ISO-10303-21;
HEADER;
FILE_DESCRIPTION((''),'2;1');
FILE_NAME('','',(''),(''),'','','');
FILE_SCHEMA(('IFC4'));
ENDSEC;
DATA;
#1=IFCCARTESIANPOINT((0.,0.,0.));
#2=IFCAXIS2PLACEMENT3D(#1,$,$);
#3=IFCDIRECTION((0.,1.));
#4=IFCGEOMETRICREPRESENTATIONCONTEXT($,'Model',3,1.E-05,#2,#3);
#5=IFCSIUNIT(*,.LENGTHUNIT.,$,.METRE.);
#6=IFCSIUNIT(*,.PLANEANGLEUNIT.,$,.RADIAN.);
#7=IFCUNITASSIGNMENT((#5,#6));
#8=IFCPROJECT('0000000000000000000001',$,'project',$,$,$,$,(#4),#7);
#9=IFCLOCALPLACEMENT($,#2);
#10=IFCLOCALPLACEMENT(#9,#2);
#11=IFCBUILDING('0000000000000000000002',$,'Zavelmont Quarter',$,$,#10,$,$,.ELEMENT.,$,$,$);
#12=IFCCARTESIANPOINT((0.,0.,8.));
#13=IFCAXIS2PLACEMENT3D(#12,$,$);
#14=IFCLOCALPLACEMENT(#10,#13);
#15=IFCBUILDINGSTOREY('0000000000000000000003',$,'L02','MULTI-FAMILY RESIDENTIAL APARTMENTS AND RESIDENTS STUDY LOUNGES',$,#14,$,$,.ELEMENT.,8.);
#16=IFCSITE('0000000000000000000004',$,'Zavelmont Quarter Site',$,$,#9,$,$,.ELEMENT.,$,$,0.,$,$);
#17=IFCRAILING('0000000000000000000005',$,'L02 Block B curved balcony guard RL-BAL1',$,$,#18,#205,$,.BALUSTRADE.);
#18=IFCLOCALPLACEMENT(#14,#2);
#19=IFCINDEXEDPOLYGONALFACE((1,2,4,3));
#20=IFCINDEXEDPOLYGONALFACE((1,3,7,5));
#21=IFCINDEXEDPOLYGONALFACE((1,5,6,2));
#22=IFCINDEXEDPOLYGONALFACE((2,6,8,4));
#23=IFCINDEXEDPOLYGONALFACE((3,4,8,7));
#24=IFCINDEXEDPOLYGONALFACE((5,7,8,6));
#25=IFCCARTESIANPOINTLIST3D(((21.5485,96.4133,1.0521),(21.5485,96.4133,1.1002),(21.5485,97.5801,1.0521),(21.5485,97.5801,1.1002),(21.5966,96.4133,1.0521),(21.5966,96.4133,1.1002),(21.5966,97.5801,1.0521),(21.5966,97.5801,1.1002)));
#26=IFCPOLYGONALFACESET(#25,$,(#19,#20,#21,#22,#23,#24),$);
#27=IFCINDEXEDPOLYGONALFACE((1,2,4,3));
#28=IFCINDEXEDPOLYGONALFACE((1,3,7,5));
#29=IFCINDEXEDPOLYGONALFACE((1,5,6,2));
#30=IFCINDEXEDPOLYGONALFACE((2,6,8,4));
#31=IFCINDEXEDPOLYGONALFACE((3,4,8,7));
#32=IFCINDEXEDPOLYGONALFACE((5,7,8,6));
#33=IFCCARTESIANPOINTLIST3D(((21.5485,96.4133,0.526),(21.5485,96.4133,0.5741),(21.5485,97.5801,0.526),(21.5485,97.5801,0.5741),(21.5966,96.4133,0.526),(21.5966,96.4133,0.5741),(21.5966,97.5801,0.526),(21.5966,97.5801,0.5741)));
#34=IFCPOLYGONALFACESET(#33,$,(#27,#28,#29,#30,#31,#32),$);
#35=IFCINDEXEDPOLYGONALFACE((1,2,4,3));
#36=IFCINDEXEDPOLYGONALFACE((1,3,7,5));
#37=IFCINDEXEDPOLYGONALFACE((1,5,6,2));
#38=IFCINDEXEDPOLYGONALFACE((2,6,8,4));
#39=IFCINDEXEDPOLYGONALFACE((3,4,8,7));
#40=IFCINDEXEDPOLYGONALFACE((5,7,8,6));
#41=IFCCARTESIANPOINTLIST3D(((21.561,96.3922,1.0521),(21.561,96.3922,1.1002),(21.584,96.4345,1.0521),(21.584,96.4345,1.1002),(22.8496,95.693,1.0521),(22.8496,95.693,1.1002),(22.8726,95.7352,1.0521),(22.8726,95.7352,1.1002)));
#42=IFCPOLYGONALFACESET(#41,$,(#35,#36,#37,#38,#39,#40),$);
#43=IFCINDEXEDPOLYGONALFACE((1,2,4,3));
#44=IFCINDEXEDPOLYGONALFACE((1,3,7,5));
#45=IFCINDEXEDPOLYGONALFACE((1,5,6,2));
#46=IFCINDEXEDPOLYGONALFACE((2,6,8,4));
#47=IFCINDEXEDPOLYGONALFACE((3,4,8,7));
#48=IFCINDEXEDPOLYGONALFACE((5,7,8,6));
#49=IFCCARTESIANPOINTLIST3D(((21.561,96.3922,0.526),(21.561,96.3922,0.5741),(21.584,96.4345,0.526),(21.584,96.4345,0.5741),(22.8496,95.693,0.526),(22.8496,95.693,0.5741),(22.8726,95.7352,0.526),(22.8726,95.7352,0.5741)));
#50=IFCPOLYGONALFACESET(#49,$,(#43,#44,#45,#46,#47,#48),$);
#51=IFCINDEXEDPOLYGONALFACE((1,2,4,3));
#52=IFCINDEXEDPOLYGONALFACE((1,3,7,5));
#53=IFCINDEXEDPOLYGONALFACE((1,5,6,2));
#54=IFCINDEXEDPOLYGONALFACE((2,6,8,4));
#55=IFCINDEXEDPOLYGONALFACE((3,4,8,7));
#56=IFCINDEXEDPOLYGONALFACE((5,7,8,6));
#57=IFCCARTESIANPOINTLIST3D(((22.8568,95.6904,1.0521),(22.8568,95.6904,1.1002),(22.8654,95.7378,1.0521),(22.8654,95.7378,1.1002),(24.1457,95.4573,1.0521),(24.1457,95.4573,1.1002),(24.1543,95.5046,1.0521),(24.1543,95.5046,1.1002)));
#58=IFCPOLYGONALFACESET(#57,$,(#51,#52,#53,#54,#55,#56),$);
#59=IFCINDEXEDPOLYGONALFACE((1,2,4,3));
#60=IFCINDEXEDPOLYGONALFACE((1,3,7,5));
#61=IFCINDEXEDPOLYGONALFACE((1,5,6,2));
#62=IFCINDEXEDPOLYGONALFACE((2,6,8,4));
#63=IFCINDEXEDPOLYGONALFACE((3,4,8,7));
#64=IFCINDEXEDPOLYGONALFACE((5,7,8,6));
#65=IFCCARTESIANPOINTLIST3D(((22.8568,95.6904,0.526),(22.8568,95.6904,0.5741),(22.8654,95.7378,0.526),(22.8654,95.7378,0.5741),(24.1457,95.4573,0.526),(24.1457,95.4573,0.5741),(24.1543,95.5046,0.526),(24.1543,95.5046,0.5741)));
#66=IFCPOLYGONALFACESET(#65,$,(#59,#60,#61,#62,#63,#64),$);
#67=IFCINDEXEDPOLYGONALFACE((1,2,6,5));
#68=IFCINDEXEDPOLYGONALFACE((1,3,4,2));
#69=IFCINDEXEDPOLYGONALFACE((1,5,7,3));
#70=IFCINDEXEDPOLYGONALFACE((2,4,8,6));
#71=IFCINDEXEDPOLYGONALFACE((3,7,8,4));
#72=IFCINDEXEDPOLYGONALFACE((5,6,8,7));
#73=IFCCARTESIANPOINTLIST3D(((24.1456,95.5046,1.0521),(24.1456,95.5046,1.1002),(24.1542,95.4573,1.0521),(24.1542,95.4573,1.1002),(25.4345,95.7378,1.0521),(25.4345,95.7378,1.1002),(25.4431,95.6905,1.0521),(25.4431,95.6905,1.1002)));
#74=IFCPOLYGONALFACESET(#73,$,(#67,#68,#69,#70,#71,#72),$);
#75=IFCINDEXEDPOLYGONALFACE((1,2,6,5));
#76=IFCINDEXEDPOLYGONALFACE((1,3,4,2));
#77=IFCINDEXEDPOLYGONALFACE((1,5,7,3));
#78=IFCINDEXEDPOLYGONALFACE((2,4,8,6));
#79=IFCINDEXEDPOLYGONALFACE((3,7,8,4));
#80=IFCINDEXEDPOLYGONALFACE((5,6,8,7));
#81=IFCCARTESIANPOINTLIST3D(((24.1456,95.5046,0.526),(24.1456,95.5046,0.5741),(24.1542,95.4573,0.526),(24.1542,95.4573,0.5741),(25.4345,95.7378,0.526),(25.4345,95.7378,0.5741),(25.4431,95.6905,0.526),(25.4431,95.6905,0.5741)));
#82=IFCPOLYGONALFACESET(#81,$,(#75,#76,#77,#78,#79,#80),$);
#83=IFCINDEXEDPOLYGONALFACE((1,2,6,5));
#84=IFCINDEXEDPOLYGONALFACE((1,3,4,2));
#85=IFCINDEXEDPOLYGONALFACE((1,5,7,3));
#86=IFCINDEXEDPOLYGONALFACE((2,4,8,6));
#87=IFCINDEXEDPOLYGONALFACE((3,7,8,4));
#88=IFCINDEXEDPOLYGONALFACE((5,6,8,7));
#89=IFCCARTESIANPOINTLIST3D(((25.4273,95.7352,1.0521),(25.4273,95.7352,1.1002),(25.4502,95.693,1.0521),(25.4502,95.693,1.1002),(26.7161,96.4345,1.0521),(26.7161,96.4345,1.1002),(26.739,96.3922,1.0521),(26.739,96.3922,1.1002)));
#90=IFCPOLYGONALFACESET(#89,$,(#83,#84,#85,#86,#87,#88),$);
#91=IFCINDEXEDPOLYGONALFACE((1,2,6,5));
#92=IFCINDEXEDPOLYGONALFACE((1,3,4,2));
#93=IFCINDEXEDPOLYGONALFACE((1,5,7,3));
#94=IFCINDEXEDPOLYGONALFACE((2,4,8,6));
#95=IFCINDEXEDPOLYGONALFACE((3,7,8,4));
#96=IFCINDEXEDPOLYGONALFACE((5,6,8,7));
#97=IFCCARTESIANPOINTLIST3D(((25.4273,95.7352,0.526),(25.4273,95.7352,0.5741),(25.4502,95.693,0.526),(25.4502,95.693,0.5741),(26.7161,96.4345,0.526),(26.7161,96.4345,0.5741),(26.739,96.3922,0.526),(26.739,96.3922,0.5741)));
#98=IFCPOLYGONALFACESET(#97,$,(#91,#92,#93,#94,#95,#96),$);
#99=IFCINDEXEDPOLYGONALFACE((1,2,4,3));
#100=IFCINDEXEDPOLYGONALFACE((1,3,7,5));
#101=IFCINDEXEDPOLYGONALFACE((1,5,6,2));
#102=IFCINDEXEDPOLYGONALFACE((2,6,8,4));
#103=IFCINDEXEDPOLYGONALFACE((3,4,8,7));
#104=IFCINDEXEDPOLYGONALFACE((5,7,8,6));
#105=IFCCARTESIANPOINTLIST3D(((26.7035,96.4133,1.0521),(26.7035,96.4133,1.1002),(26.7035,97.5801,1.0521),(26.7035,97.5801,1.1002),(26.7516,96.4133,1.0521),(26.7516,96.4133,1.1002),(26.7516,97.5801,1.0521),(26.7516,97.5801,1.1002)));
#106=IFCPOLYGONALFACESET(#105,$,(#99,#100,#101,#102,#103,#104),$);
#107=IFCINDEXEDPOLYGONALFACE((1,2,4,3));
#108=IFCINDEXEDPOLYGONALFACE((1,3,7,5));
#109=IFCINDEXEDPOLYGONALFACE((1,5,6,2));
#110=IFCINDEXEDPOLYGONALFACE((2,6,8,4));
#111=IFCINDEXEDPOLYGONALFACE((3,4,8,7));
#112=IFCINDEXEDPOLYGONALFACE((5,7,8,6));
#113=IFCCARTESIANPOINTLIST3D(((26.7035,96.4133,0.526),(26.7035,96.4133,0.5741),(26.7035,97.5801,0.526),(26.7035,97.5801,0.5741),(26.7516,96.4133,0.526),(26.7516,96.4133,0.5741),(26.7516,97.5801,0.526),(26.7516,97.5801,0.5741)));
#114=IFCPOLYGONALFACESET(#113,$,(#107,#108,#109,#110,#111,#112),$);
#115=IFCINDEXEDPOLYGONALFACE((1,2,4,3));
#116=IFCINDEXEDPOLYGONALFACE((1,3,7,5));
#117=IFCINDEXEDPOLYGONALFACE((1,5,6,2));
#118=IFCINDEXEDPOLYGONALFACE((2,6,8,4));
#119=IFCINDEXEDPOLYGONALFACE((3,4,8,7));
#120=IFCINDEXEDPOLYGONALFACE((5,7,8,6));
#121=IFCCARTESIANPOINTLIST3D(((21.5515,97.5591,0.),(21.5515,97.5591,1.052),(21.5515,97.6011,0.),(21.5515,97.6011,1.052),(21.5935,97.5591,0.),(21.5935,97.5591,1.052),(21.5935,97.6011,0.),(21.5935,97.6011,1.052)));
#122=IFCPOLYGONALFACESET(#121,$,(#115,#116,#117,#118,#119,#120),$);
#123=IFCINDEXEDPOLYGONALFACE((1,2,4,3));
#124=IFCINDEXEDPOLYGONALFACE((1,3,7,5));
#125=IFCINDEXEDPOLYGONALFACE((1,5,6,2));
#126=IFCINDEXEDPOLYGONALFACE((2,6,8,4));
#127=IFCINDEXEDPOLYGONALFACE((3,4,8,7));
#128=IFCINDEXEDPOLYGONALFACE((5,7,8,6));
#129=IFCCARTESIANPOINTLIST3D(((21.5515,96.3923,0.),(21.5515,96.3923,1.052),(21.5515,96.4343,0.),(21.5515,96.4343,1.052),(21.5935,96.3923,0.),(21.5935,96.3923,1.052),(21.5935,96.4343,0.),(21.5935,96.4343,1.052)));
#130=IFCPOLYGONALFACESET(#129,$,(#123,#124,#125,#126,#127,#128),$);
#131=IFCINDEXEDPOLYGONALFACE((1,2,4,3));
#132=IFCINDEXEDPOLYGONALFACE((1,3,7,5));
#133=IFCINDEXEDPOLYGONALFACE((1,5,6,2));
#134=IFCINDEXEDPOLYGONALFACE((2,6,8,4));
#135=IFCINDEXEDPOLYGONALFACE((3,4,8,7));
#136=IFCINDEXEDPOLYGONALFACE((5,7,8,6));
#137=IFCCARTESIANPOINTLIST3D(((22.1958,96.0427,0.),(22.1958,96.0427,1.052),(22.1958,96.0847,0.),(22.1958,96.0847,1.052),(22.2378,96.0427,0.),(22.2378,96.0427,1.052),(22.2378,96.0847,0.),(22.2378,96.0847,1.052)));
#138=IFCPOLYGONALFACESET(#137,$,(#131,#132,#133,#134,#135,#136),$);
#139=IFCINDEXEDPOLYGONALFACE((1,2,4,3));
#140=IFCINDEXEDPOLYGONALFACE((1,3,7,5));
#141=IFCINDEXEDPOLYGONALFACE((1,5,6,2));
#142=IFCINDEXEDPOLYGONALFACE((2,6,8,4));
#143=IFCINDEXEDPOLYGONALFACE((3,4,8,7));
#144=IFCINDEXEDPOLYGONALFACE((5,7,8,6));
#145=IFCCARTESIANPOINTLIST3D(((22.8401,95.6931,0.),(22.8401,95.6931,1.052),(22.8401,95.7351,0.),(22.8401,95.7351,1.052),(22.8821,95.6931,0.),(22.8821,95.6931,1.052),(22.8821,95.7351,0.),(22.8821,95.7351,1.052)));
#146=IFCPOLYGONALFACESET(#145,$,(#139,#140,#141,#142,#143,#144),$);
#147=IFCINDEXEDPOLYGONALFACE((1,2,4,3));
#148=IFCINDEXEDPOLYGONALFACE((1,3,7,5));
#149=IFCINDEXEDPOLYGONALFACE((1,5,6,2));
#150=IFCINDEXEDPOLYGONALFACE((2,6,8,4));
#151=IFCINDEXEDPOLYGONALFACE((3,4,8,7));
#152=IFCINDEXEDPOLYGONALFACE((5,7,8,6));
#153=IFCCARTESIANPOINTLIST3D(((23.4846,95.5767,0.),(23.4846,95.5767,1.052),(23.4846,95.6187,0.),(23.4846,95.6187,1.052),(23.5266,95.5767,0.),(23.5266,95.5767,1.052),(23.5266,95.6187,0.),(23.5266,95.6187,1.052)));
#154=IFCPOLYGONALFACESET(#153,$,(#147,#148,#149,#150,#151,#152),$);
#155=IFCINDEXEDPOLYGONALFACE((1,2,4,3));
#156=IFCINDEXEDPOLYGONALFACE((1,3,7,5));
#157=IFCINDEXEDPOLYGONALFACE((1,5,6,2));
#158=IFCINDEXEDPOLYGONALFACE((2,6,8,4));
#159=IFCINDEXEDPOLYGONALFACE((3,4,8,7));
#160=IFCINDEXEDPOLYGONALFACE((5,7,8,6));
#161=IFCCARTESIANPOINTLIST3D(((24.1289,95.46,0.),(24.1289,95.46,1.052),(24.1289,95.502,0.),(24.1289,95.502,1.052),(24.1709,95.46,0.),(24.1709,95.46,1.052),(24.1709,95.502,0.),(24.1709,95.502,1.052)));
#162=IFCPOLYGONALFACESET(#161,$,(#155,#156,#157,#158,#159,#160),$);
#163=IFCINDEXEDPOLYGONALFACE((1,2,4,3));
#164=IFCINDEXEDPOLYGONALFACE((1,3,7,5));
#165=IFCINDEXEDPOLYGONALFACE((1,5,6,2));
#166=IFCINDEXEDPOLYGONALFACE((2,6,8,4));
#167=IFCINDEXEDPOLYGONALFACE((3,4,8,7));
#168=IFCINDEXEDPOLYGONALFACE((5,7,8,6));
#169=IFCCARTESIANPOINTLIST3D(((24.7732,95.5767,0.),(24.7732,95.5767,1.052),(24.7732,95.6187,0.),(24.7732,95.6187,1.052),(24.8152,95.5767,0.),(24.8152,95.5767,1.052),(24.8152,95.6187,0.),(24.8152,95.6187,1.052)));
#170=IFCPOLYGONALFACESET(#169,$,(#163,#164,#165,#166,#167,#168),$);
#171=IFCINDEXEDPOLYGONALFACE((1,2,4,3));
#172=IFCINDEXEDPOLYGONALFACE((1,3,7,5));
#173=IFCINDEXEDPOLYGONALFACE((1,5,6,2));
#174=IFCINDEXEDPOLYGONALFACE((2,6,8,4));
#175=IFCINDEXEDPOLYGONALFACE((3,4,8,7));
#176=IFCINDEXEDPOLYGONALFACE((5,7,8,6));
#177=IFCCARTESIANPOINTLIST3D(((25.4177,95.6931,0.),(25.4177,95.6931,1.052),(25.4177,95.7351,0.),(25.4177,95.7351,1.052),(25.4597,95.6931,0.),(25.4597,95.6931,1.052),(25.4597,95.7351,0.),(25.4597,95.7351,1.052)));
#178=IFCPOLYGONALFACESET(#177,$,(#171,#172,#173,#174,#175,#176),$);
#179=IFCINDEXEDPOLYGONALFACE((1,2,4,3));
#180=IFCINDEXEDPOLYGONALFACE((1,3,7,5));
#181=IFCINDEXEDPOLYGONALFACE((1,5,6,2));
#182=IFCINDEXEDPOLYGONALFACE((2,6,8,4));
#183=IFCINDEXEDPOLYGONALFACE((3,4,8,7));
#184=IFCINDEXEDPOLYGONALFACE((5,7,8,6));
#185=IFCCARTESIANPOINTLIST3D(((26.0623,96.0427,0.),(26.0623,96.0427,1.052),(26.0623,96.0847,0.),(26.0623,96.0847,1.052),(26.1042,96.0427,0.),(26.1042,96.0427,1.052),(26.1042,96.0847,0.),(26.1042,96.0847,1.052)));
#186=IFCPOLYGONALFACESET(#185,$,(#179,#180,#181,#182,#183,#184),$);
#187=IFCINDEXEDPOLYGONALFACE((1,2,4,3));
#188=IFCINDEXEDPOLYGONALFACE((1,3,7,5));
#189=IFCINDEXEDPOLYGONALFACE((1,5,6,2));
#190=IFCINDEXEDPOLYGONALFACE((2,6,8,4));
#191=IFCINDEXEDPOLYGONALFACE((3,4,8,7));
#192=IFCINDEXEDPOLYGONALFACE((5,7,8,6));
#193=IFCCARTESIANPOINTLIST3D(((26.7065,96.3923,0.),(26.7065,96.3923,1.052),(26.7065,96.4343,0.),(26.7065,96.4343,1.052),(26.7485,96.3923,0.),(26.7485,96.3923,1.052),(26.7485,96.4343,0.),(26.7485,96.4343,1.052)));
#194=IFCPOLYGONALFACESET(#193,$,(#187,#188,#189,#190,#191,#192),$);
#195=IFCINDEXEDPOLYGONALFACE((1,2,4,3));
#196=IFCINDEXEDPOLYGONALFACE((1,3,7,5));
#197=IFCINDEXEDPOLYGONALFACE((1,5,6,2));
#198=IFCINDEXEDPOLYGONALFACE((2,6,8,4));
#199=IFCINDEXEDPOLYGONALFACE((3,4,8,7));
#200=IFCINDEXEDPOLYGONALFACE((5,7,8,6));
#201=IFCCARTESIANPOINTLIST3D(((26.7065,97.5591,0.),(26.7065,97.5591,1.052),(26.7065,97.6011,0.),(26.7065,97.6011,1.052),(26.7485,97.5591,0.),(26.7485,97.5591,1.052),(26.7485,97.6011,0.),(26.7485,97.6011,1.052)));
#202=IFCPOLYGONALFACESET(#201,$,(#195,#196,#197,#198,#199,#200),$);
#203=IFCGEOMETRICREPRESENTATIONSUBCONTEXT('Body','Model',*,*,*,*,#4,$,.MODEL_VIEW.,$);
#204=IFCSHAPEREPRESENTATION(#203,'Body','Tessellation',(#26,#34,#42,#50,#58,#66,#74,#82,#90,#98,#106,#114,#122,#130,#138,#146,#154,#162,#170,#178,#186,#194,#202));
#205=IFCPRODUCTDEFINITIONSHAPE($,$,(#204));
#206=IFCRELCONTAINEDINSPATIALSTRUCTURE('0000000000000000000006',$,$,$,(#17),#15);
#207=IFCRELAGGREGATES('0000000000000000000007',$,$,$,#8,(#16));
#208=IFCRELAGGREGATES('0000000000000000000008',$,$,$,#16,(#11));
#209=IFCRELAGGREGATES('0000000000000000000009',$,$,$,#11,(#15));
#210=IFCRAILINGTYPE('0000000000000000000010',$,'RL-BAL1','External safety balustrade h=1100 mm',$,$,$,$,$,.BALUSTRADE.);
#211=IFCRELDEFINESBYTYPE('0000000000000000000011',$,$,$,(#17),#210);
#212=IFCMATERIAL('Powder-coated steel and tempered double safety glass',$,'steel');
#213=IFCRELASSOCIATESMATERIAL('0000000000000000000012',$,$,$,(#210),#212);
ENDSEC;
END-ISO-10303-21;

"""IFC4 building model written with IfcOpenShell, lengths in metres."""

from ifc_helpers import new_model, si_unit, direction, frame, origin, origin_2d, place, context, subcontext, project, spatial, rectangle, extrude, material, type_object, element, save


model = new_model("IFC4")

# Units and contexts
model_context = context("Model", 3, precision=1e-05, world=origin(), true_north=direction((0.0, 1.0)))
body_context = subcontext(model_context, "Body", "Model", "MODEL_VIEW")
ifc_project = project(units=[si_unit("LENGTHUNIT", "METRE"), si_unit("PLANEANGLEUNIT", "RADIAN")], contexts=[model_context])

# Site, building, storey
site_placement = place(None, origin())
site = spatial("IfcSite", under=ifc_project, at=site_placement, Name="Zavelmont Quarter Site", CompositionType="ELEMENT", RefElevation=0.0)
building_placement = place(site_placement, origin())
building = spatial("IfcBuilding", under=site, at=building_placement, Name="Zavelmont Quarter", CompositionType="ELEMENT")
storey_placement = place(building_placement, frame((0.0, 0.0, 8.0)))
storey = spatial("IfcBuildingStorey", under=building, at=storey_placement, Name="L02", Description="MULTI-FAMILY RESIDENTIAL APARTMENTS AND RESIDENTS STUDY LOUNGES", CompositionType="ELEMENT", Elevation=8.0)

# Railing
ifc_material_1 = material(Name="Powder-coated steel and tempered double safety glass", Category="steel")
railing_type = type_object("IfcRailingType", Name="RL-BAL1", Description="External safety balustrade h=1100 mm", PredefinedType="BALUSTRADE", material=ifc_material_1)
railing_placement = place(storey_placement, frame((21.5725, 97.5801, 0.0)))
element("IfcRailing", 1, at=railing_placement, inside=storey, type_object=railing_type, Name="L02 Block B curved balcony guard RL-BAL1", PredefinedType="BALUSTRADE", context=body_context, shape_type="SweptSolid", body=[
    extrude(rectangle(XDim=0.0481, YDim=0.0481, at=origin_2d()), frame((0.0, 0.0, 1.0762), z_axis=(0.0, -1.0, 0.0), x_axis=(1.0, 0.0, 0.0)), (0.0, 0.0, 1.0), 1.1667),
    extrude(rectangle(XDim=0.0481, YDim=0.0481, at=origin_2d()), frame((0.0, 0.0, 0.55), z_axis=(0.0, -1.0, 0.0), x_axis=(1.0, 0.0, 0.0)), (0.0, 0.0, 1.0), 1.1667),
    extrude(rectangle(XDim=0.0481, YDim=0.0481, at=origin_2d()), frame((0.0, -1.1667, 1.0762), z_axis=(0.878937, -0.476938, 0.0), x_axis=(0.476938, 0.878937, 0.0)), (0.0, 0.0, 1.0), 1.4661),
    extrude(rectangle(XDim=0.0481, YDim=0.0481, at=origin_2d()), frame((0.0, -1.1667, 0.55), z_axis=(0.878937, -0.476938, 0.0), x_axis=(0.476938, 0.878937, 0.0)), (0.0, 0.0, 1.0), 1.4661),
    extrude(rectangle(XDim=0.0481, YDim=0.0481, at=origin_2d()), frame((1.2886, -1.866, 1.0762), z_axis=(0.984028, -0.178016, 0.0), x_axis=(0.178016, 0.984028, 0.0)), (0.0, 0.0, 1.0), 1.3098),
    extrude(rectangle(XDim=0.0481, YDim=0.0481, at=origin_2d()), frame((1.2886, -1.866, 0.55), z_axis=(0.984028, -0.178016, 0.0), x_axis=(0.178016, 0.984028, 0.0)), (0.0, 0.0, 1.0), 1.3098),
    extrude(rectangle(XDim=0.0481, YDim=0.0481, at=origin_2d()), frame((2.5774, -2.0991, 1.0762), z_axis=(0.984028, 0.178016, 0.0), x_axis=(-0.178016, 0.984028, 0.0)), (0.0, 0.0, 1.0), 1.3098),
    extrude(rectangle(XDim=0.0481, YDim=0.0481, at=origin_2d()), frame((2.5774, -2.0991, 0.55), z_axis=(0.984028, 0.178016, 0.0), x_axis=(-0.178016, 0.984028, 0.0)), (0.0, 0.0, 1.0), 1.3098),
    extrude(rectangle(XDim=0.0481, YDim=0.0481, at=origin_2d()), frame((3.8662, -1.866, 1.0762), z_axis=(0.878975, 0.476868, 0.0), x_axis=(-0.476868, 0.878975, 0.0)), (0.0, 0.0, 1.0), 1.4663),
    extrude(rectangle(XDim=0.0481, YDim=0.0481, at=origin_2d()), frame((3.8662, -1.866, 0.55), z_axis=(0.878975, 0.476868, 0.0), x_axis=(-0.476868, 0.878975, 0.0)), (0.0, 0.0, 1.0), 1.4663),
    extrude(rectangle(XDim=0.0481, YDim=0.0481, at=origin_2d()), frame((5.155, -1.1667, 1.0762), z_axis=(0.0, 1.0, 0.0), x_axis=(-1.0, 0.0, 0.0)), (0.0, 0.0, 1.0), 1.1667),
    extrude(rectangle(XDim=0.0481, YDim=0.0481, at=origin_2d()), frame((5.155, -1.1667, 0.55), z_axis=(0.0, 1.0, 0.0), x_axis=(-1.0, 0.0, 0.0)), (0.0, 0.0, 1.0), 1.1667),
    extrude(rectangle(XDim=0.042, YDim=0.042, at=origin_2d()), origin(), (0.0, 0.0, 1.0), 1.052),
    extrude(rectangle(XDim=0.042, YDim=0.042, at=origin_2d()), frame((0.0, -1.1667, 0.0)), (0.0, 0.0, 1.0), 1.052),
    extrude(rectangle(XDim=0.042, YDim=0.042, at=origin_2d()), frame((0.6443, -1.5164, 0.0)), (0.0, 0.0, 1.0), 1.052),
    extrude(rectangle(XDim=0.042, YDim=0.042, at=origin_2d()), frame((1.2886, -1.866, 0.0)), (0.0, 0.0, 1.0), 1.052),
    extrude(rectangle(XDim=0.042, YDim=0.042, at=origin_2d()), frame((1.9331, -1.9824, 0.0)), (0.0, 0.0, 1.0), 1.052),
    extrude(rectangle(XDim=0.042, YDim=0.042, at=origin_2d()), frame((2.5774, -2.0991, 0.0)), (0.0, 0.0, 1.0), 1.052),
    extrude(rectangle(XDim=0.042, YDim=0.042, at=origin_2d()), frame((3.2217, -1.9824, 0.0)), (0.0, 0.0, 1.0), 1.052),
    extrude(rectangle(XDim=0.042, YDim=0.042, at=origin_2d()), frame((3.8662, -1.866, 0.0)), (0.0, 0.0, 1.0), 1.052),
    extrude(rectangle(XDim=0.042, YDim=0.042, at=origin_2d()), frame((4.5107, -1.5164, 0.0)), (0.0, 0.0, 1.0), 1.052),
    extrude(rectangle(XDim=0.042, YDim=0.042, at=origin_2d()), frame((5.155, -1.1667, 0.0)), (0.0, 0.0, 1.0), 1.052),
    extrude(rectangle(XDim=0.042, YDim=0.042, at=origin_2d()), frame((5.155, 0.0, 0.0)), (0.0, 0.0, 1.0), 1.052),
])

save(model, "model.ifc")
